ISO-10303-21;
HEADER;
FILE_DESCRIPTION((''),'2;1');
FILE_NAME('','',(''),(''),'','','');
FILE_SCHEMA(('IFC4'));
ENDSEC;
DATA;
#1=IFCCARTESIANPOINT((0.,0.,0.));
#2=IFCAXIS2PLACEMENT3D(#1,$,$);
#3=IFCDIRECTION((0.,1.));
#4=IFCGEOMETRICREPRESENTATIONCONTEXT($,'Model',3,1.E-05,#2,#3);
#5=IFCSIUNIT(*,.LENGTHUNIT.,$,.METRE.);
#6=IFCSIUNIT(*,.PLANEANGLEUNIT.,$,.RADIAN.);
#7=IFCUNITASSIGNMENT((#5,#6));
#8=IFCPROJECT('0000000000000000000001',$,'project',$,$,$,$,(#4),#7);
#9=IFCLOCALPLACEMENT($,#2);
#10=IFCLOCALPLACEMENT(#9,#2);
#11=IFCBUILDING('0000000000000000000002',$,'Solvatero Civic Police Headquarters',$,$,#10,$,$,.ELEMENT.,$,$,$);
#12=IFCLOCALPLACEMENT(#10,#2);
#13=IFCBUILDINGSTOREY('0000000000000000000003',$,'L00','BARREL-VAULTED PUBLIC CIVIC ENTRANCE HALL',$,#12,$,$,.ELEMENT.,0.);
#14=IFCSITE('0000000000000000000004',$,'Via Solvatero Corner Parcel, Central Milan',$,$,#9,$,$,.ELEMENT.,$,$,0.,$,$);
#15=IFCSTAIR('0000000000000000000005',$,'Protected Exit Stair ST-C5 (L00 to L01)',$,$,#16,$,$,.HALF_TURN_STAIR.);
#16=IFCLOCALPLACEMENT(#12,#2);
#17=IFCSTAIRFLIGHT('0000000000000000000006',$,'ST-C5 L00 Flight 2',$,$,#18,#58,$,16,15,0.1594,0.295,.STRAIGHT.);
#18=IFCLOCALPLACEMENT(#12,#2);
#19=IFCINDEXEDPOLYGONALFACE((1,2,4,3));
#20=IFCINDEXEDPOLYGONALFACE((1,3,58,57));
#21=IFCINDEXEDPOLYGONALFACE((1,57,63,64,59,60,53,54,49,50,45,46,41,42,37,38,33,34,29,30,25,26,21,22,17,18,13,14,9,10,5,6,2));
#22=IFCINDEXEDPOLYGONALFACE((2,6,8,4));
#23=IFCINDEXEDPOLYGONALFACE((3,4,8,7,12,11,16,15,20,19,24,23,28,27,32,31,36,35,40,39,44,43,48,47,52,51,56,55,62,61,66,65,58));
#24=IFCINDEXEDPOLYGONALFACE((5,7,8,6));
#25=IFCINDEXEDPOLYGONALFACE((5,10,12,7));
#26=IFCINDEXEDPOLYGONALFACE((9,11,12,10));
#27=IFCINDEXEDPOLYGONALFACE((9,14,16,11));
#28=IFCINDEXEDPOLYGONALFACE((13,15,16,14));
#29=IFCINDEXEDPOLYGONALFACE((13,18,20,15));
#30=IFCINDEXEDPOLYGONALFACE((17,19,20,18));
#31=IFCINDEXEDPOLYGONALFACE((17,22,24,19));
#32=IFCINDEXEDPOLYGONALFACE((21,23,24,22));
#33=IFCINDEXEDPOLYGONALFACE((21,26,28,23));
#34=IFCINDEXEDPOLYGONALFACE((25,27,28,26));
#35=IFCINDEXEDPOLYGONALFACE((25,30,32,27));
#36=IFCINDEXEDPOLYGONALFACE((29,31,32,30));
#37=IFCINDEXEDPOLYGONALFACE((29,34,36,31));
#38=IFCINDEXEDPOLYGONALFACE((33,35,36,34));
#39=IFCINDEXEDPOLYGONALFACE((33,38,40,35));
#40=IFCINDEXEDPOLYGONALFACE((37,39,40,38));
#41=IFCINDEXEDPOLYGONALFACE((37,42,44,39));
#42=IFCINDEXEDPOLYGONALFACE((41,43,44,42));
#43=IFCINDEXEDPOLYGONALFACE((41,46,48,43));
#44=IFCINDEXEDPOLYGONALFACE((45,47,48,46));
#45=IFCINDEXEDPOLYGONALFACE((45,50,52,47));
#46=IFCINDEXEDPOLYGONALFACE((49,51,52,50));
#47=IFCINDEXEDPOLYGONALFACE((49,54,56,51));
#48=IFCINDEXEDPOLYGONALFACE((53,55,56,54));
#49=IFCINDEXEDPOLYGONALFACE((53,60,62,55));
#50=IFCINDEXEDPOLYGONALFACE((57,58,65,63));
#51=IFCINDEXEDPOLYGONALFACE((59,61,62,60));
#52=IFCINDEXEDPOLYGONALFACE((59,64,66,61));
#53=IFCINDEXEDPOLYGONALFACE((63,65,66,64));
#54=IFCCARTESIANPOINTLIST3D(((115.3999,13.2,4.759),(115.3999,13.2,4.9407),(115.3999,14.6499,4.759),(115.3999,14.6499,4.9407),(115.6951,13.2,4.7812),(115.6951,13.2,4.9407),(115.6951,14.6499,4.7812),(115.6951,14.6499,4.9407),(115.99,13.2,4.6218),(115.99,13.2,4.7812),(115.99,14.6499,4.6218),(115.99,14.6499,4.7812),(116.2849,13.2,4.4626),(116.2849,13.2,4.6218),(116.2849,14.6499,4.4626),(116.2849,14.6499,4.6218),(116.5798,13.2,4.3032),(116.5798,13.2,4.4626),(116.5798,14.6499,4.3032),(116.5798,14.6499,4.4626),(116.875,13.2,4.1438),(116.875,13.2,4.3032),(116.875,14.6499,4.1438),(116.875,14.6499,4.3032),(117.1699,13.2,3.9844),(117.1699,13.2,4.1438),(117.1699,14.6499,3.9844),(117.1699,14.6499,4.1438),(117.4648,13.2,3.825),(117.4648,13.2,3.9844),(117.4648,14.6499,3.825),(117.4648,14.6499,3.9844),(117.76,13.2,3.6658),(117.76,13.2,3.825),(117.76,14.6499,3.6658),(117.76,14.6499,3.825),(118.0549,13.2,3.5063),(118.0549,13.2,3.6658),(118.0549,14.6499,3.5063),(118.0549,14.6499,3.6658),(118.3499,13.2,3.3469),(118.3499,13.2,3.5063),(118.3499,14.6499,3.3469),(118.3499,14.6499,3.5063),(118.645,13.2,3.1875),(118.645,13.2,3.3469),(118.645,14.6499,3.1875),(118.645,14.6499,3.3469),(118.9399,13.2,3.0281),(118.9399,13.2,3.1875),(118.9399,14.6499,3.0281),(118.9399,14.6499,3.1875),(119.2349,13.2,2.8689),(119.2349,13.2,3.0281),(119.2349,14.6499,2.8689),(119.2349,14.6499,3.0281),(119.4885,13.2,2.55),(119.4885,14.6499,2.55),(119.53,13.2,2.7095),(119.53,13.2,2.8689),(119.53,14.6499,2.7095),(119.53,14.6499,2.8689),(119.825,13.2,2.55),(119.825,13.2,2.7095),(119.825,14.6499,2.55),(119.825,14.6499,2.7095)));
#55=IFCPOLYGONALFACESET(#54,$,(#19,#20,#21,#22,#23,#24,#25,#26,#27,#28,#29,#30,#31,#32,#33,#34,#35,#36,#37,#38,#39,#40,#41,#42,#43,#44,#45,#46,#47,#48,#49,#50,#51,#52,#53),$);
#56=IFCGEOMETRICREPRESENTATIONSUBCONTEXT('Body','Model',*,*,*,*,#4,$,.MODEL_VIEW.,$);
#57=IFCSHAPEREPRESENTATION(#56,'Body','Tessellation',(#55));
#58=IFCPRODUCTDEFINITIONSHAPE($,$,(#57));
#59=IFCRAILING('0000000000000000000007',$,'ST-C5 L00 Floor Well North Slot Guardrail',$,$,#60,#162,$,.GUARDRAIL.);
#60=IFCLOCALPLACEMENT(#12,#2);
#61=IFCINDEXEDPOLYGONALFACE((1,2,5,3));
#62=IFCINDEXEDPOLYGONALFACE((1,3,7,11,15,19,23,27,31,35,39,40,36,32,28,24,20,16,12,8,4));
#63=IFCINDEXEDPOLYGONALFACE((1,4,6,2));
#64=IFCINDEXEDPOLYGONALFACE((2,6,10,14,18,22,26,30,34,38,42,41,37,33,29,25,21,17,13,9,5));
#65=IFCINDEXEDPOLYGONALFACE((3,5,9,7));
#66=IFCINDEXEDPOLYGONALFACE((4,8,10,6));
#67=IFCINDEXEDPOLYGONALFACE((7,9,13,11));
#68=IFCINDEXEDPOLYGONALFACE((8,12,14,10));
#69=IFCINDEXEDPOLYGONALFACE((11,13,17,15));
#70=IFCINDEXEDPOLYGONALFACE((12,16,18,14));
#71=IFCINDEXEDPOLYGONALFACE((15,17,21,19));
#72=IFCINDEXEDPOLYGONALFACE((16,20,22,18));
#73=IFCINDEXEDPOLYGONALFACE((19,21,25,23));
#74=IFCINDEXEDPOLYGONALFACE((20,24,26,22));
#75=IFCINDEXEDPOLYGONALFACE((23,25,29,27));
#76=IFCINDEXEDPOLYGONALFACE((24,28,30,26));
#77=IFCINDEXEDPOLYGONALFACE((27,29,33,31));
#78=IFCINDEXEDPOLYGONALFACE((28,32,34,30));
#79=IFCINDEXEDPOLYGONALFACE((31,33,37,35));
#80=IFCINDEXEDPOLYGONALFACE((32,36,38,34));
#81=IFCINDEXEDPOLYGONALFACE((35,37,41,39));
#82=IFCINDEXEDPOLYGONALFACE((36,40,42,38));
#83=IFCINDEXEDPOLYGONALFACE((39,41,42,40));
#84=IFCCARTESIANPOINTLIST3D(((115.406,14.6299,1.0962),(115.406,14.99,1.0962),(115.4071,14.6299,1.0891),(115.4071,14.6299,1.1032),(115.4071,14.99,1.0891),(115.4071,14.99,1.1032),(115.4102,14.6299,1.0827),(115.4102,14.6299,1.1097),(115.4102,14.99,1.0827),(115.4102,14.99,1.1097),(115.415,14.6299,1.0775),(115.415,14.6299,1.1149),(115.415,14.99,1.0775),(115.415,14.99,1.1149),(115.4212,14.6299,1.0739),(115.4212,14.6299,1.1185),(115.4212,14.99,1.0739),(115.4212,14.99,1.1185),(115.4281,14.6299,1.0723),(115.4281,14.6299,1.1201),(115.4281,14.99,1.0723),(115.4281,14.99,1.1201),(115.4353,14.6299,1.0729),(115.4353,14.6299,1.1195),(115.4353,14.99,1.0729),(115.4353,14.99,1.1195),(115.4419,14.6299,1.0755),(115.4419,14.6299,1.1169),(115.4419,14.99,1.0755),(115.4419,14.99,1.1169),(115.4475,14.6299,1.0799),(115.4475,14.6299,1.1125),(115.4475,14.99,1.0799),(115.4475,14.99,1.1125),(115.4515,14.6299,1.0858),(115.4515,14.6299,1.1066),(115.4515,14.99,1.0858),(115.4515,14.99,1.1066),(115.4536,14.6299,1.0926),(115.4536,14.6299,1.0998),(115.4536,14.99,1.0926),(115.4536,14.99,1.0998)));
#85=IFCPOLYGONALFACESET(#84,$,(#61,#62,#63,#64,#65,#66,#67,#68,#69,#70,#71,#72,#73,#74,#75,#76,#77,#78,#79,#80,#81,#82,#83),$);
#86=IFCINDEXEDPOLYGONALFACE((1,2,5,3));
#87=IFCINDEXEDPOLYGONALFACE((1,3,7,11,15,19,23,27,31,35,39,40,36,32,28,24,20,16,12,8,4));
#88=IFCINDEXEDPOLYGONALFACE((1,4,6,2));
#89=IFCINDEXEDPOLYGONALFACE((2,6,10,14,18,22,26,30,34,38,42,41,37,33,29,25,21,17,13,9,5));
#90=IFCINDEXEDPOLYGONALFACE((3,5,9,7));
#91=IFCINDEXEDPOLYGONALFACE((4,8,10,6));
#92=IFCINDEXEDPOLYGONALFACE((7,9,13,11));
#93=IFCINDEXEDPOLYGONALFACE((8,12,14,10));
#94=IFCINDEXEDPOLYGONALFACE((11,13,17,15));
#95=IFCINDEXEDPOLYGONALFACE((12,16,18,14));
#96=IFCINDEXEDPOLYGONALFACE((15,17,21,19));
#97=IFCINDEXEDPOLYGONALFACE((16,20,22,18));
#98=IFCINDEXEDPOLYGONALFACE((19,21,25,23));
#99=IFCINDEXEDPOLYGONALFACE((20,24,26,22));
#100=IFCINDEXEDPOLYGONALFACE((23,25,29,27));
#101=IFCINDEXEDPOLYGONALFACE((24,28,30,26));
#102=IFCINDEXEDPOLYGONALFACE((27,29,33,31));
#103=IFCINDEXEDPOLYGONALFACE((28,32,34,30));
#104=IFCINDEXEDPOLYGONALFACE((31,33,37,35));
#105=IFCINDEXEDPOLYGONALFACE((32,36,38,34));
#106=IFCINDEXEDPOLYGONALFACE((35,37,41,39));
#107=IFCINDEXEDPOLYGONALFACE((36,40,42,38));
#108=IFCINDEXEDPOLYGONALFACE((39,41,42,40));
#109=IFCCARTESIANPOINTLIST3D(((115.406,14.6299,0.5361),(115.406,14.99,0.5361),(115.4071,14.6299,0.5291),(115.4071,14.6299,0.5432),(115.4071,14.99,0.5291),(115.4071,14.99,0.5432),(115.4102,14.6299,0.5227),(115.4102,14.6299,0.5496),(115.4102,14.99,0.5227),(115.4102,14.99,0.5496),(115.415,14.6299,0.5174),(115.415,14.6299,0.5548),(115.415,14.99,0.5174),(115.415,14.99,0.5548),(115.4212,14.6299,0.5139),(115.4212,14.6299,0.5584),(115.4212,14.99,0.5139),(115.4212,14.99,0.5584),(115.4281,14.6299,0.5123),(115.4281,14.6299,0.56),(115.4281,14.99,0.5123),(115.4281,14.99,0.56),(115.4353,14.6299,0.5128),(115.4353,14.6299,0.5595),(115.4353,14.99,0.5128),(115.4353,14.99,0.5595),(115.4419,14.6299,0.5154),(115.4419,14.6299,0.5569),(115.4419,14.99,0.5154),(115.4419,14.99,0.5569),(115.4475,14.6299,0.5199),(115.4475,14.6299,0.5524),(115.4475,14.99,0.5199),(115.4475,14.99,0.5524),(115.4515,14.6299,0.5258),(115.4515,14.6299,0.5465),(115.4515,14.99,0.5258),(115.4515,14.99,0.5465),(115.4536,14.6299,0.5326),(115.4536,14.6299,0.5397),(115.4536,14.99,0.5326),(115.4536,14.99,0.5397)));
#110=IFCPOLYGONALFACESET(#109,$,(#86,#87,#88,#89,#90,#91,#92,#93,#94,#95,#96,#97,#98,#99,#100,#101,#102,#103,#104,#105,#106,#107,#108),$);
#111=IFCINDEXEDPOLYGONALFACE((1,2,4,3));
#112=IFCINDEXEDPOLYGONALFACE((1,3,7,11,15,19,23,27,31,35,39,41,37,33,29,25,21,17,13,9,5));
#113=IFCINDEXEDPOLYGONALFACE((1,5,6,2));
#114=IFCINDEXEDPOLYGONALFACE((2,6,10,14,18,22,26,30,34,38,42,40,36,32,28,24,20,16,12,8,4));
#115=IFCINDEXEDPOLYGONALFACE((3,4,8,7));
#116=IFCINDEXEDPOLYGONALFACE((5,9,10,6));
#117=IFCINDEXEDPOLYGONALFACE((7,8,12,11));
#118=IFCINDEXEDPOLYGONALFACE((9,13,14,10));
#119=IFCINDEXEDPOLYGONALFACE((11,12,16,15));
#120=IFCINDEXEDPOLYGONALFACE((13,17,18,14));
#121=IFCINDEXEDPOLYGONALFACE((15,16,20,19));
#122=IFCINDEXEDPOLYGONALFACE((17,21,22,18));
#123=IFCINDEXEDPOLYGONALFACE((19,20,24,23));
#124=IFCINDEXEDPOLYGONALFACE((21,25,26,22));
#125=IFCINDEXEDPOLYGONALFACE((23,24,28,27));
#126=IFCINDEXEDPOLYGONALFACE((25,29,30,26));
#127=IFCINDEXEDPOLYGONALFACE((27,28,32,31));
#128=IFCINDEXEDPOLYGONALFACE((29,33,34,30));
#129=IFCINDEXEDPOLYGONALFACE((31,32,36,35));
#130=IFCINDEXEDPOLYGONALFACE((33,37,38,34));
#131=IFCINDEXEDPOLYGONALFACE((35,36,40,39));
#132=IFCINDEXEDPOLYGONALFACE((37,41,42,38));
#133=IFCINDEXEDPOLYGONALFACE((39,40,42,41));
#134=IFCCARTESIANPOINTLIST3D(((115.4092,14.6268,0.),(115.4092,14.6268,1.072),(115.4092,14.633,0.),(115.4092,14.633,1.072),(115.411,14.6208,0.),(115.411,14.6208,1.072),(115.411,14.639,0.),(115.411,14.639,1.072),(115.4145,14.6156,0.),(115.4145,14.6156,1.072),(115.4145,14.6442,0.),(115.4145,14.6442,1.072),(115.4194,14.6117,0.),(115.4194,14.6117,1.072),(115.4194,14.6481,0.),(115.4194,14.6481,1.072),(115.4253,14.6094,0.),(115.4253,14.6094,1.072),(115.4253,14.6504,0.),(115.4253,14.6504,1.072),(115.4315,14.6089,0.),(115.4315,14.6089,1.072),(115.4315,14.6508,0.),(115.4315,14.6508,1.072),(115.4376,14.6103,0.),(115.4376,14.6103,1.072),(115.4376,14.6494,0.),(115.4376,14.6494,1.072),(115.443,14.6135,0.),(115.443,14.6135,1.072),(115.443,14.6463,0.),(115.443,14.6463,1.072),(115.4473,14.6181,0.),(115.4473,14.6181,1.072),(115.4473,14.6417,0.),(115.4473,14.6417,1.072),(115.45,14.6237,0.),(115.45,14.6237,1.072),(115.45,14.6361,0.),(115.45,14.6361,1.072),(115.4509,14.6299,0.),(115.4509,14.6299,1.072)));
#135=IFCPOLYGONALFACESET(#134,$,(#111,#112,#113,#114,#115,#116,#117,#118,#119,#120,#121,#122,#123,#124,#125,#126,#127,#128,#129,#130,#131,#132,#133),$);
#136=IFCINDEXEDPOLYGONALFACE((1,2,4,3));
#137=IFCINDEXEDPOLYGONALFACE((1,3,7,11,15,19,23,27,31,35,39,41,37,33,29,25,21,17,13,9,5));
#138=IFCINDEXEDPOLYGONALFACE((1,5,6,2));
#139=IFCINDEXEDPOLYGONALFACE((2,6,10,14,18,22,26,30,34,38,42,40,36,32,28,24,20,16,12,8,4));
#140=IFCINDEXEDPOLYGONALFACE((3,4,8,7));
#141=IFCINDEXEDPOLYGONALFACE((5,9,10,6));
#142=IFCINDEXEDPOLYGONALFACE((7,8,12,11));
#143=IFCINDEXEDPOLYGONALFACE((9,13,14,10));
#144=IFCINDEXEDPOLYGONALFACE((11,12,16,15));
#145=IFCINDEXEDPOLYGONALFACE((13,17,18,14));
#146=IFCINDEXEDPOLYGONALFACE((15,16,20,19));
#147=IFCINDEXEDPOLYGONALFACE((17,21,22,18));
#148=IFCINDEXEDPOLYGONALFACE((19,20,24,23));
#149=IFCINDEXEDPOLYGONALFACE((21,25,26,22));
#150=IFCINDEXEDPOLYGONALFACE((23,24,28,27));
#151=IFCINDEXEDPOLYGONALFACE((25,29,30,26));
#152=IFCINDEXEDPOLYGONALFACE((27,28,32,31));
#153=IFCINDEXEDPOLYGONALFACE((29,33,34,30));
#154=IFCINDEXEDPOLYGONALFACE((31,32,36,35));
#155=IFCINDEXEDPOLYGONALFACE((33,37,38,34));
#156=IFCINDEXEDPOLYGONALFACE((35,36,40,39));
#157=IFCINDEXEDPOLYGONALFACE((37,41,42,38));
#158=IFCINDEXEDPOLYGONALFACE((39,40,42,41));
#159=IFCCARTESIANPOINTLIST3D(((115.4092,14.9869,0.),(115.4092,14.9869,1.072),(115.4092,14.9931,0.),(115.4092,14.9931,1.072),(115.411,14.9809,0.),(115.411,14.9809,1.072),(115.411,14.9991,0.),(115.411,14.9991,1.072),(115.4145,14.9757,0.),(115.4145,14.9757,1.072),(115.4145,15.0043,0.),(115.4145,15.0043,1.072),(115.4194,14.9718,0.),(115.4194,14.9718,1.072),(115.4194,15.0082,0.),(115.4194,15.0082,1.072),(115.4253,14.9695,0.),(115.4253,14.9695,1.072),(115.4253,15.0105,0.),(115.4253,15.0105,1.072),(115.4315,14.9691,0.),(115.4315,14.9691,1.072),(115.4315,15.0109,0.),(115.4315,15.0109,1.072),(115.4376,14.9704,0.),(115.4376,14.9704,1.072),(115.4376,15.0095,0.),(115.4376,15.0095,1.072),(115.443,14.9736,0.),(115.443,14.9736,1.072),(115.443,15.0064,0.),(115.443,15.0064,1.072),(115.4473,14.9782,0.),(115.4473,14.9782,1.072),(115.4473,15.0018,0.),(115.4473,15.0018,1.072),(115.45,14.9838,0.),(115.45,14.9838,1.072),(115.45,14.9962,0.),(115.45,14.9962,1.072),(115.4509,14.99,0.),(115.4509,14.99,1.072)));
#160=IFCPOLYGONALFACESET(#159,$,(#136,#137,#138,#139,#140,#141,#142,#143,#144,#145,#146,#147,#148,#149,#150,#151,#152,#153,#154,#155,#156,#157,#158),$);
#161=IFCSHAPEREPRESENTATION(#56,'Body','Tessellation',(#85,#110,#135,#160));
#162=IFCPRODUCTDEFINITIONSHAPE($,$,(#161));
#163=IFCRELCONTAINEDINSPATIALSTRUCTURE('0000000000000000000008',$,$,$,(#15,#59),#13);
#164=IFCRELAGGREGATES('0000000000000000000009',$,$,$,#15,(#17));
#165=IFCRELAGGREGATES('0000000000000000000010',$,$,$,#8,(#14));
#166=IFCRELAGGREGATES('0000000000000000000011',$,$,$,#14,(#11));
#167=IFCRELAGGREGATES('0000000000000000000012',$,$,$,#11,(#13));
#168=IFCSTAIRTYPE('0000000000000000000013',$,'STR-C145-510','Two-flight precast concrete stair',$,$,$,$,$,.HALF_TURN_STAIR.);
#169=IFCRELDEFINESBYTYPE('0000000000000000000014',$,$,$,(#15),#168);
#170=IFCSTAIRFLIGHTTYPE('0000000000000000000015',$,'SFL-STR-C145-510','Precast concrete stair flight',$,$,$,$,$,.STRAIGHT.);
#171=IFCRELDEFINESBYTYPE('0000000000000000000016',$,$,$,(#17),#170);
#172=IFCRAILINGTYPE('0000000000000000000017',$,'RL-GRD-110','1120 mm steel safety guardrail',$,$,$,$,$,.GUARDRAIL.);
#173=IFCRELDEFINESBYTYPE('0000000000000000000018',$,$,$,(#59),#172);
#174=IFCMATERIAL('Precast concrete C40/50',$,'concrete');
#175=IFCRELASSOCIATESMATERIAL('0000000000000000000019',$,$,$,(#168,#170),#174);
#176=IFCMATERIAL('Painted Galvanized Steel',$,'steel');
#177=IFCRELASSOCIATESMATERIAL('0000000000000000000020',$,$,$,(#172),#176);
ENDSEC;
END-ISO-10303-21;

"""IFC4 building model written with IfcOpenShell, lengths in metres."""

from ifc_helpers import new_model, si_unit, direction, frame, origin, origin_2d, place, context, subcontext, project, spatial, polyline, circle, outline, extrude, material, type_object, element, aggregate, save


model = new_model("IFC4")

# Units and contexts
model_context = context("Model", 3, precision=1e-05, world=origin(), true_north=direction((0.0, 1.0)))
body_context = subcontext(model_context, "Body", "Model", "MODEL_VIEW")
ifc_project = project(units=[si_unit("LENGTHUNIT", "METRE"), si_unit("PLANEANGLEUNIT", "RADIAN")], contexts=[model_context])

# Site, building, storey
site_placement = place(None, origin())
site = spatial("IfcSite", under=ifc_project, at=site_placement, Name="Via Solvatero Corner Parcel, Central Milan", CompositionType="ELEMENT", RefElevation=0.0)
building_placement = place(site_placement, origin())
building = spatial("IfcBuilding", under=site, at=building_placement, Name="Solvatero Civic Police Headquarters", CompositionType="ELEMENT")
storey_placement = place(building_placement, origin())
storey = spatial("IfcBuildingStorey", under=building, at=storey_placement, Name="L00", Description="BARREL-VAULTED PUBLIC CIVIC ENTRANCE HALL", CompositionType="ELEMENT", Elevation=0.0)

# Stair, stair flight
ifc_material_1 = material(Name="Precast concrete C40/50", Category="concrete")
stair_type = type_object("IfcStairType", Name="STR-C145-510", Description="Two-flight precast concrete stair", PredefinedType="HALF_TURN_STAIR", material=ifc_material_1)
stair_placement = place(storey_placement, origin())
stair = element("IfcStair", 1, at=stair_placement, inside=storey, type_object=stair_type, Name="Protected Exit Stair ST-C5 (L00 to L01)", PredefinedType="HALF_TURN_STAIR")
stair_flight_type = type_object("IfcStairFlightType", Name="SFL-STR-C145-510", Description="Precast concrete stair flight", PredefinedType="STRAIGHT", material=ifc_material_1)
stair_flight_placement = place(storey_placement, frame((119.825, 13.925, 2.55), z_axis=(0.0, 0.0, 1.0), x_axis=(-1.0, 0.0, 0.0)))
stair_flight = element("IfcStairFlight", 2, at=stair_flight_placement, type_object=stair_flight_type, Name="ST-C5 L00 Flight 2", NumberOfRisers=16, NumberOfTreads=15, PredefinedType="STRAIGHT", RiserHeight=0.1594, TreadLength=0.295, context=body_context, shape_type="SweptSolid", body=[
    extrude(outline(polyline([(0.0, 0.0), (0.0, 0.1594), (0.2949, 0.1594), (0.2949, 0.3188), (0.5901, 0.3188), (0.5901, 0.478), (0.885, 0.478), (0.885, 0.6375), (1.1799, 0.6375), (1.1799, 0.7969), (1.4751, 0.7969), (1.4751, 0.9563), (1.77, 0.9563), (1.77, 1.1157), (2.0649, 1.1157), (2.0649, 1.2749), (2.3601, 1.2749), (2.3601, 1.4343), (2.655, 1.4343), (2.655, 1.5938), (2.95, 1.5938), (2.95, 1.7532), (3.2451, 1.7532), (3.2451, 1.9126), (3.54, 1.9126), (3.54, 2.0718), (3.835, 2.0718), (3.835, 2.2312), (4.1299, 2.2312), (4.1299, 2.3906), (4.425, 2.3906), (4.425, 2.55), (4.425, 2.209), (0.3364, 0.0), (0.0, 0.0)])), frame((0.0, 0.7251, 0.0), z_axis=(0.0, -1.0, 0.0), x_axis=(1.0, 0.0, 0.0)), (0.0, 0.0, 1.0), 1.45),
])
aggregate(stair, [stair_flight])

# Railing
ifc_material_2 = material(Name="Painted Galvanized Steel", Category="steel")
railing_type_1 = type_object("IfcRailingType", Name="RL-GRD-110", Description="1120 mm steel safety guardrail", PredefinedType="GUARDRAIL", material=ifc_material_2)
for number, where, name in (
    (3, (115.4299, 14.6299, 0.0), "ST-C5 L00 Floor Well North Slot Guardrail"),
):
    element("IfcRailing", number, at=place(storey_placement, frame(where)), inside=storey, type_object=railing_type_1, Name=name, PredefinedType="GUARDRAIL", context=body_context, shape_type="SweptSolid", body=[
        extrude(circle(Radius=0.0239, at=origin_2d()), frame((0.0, 0.0, 1.0962), z_axis=(0.0, 1.0, 0.0), x_axis=(-1.0, 0.0, 0.0)), (0.0, 0.0, 1.0), 0.3601),
        extrude(circle(Radius=0.0239, at=origin_2d()), frame((0.0, 0.0, 0.5361), z_axis=(0.0, 1.0, 0.0), x_axis=(-1.0, 0.0, 0.0)), (0.0, 0.0, 1.0), 0.3601),
        extrude(circle(Radius=0.021, at=origin_2d()), origin(), (0.0, 0.0, 1.0), 1.072),
        extrude(circle(Radius=0.021, at=origin_2d()), frame((0.0, 0.3601, 0.0)), (0.0, 0.0, 1.0), 1.072),
    ])

save(model, "model.ifc")
